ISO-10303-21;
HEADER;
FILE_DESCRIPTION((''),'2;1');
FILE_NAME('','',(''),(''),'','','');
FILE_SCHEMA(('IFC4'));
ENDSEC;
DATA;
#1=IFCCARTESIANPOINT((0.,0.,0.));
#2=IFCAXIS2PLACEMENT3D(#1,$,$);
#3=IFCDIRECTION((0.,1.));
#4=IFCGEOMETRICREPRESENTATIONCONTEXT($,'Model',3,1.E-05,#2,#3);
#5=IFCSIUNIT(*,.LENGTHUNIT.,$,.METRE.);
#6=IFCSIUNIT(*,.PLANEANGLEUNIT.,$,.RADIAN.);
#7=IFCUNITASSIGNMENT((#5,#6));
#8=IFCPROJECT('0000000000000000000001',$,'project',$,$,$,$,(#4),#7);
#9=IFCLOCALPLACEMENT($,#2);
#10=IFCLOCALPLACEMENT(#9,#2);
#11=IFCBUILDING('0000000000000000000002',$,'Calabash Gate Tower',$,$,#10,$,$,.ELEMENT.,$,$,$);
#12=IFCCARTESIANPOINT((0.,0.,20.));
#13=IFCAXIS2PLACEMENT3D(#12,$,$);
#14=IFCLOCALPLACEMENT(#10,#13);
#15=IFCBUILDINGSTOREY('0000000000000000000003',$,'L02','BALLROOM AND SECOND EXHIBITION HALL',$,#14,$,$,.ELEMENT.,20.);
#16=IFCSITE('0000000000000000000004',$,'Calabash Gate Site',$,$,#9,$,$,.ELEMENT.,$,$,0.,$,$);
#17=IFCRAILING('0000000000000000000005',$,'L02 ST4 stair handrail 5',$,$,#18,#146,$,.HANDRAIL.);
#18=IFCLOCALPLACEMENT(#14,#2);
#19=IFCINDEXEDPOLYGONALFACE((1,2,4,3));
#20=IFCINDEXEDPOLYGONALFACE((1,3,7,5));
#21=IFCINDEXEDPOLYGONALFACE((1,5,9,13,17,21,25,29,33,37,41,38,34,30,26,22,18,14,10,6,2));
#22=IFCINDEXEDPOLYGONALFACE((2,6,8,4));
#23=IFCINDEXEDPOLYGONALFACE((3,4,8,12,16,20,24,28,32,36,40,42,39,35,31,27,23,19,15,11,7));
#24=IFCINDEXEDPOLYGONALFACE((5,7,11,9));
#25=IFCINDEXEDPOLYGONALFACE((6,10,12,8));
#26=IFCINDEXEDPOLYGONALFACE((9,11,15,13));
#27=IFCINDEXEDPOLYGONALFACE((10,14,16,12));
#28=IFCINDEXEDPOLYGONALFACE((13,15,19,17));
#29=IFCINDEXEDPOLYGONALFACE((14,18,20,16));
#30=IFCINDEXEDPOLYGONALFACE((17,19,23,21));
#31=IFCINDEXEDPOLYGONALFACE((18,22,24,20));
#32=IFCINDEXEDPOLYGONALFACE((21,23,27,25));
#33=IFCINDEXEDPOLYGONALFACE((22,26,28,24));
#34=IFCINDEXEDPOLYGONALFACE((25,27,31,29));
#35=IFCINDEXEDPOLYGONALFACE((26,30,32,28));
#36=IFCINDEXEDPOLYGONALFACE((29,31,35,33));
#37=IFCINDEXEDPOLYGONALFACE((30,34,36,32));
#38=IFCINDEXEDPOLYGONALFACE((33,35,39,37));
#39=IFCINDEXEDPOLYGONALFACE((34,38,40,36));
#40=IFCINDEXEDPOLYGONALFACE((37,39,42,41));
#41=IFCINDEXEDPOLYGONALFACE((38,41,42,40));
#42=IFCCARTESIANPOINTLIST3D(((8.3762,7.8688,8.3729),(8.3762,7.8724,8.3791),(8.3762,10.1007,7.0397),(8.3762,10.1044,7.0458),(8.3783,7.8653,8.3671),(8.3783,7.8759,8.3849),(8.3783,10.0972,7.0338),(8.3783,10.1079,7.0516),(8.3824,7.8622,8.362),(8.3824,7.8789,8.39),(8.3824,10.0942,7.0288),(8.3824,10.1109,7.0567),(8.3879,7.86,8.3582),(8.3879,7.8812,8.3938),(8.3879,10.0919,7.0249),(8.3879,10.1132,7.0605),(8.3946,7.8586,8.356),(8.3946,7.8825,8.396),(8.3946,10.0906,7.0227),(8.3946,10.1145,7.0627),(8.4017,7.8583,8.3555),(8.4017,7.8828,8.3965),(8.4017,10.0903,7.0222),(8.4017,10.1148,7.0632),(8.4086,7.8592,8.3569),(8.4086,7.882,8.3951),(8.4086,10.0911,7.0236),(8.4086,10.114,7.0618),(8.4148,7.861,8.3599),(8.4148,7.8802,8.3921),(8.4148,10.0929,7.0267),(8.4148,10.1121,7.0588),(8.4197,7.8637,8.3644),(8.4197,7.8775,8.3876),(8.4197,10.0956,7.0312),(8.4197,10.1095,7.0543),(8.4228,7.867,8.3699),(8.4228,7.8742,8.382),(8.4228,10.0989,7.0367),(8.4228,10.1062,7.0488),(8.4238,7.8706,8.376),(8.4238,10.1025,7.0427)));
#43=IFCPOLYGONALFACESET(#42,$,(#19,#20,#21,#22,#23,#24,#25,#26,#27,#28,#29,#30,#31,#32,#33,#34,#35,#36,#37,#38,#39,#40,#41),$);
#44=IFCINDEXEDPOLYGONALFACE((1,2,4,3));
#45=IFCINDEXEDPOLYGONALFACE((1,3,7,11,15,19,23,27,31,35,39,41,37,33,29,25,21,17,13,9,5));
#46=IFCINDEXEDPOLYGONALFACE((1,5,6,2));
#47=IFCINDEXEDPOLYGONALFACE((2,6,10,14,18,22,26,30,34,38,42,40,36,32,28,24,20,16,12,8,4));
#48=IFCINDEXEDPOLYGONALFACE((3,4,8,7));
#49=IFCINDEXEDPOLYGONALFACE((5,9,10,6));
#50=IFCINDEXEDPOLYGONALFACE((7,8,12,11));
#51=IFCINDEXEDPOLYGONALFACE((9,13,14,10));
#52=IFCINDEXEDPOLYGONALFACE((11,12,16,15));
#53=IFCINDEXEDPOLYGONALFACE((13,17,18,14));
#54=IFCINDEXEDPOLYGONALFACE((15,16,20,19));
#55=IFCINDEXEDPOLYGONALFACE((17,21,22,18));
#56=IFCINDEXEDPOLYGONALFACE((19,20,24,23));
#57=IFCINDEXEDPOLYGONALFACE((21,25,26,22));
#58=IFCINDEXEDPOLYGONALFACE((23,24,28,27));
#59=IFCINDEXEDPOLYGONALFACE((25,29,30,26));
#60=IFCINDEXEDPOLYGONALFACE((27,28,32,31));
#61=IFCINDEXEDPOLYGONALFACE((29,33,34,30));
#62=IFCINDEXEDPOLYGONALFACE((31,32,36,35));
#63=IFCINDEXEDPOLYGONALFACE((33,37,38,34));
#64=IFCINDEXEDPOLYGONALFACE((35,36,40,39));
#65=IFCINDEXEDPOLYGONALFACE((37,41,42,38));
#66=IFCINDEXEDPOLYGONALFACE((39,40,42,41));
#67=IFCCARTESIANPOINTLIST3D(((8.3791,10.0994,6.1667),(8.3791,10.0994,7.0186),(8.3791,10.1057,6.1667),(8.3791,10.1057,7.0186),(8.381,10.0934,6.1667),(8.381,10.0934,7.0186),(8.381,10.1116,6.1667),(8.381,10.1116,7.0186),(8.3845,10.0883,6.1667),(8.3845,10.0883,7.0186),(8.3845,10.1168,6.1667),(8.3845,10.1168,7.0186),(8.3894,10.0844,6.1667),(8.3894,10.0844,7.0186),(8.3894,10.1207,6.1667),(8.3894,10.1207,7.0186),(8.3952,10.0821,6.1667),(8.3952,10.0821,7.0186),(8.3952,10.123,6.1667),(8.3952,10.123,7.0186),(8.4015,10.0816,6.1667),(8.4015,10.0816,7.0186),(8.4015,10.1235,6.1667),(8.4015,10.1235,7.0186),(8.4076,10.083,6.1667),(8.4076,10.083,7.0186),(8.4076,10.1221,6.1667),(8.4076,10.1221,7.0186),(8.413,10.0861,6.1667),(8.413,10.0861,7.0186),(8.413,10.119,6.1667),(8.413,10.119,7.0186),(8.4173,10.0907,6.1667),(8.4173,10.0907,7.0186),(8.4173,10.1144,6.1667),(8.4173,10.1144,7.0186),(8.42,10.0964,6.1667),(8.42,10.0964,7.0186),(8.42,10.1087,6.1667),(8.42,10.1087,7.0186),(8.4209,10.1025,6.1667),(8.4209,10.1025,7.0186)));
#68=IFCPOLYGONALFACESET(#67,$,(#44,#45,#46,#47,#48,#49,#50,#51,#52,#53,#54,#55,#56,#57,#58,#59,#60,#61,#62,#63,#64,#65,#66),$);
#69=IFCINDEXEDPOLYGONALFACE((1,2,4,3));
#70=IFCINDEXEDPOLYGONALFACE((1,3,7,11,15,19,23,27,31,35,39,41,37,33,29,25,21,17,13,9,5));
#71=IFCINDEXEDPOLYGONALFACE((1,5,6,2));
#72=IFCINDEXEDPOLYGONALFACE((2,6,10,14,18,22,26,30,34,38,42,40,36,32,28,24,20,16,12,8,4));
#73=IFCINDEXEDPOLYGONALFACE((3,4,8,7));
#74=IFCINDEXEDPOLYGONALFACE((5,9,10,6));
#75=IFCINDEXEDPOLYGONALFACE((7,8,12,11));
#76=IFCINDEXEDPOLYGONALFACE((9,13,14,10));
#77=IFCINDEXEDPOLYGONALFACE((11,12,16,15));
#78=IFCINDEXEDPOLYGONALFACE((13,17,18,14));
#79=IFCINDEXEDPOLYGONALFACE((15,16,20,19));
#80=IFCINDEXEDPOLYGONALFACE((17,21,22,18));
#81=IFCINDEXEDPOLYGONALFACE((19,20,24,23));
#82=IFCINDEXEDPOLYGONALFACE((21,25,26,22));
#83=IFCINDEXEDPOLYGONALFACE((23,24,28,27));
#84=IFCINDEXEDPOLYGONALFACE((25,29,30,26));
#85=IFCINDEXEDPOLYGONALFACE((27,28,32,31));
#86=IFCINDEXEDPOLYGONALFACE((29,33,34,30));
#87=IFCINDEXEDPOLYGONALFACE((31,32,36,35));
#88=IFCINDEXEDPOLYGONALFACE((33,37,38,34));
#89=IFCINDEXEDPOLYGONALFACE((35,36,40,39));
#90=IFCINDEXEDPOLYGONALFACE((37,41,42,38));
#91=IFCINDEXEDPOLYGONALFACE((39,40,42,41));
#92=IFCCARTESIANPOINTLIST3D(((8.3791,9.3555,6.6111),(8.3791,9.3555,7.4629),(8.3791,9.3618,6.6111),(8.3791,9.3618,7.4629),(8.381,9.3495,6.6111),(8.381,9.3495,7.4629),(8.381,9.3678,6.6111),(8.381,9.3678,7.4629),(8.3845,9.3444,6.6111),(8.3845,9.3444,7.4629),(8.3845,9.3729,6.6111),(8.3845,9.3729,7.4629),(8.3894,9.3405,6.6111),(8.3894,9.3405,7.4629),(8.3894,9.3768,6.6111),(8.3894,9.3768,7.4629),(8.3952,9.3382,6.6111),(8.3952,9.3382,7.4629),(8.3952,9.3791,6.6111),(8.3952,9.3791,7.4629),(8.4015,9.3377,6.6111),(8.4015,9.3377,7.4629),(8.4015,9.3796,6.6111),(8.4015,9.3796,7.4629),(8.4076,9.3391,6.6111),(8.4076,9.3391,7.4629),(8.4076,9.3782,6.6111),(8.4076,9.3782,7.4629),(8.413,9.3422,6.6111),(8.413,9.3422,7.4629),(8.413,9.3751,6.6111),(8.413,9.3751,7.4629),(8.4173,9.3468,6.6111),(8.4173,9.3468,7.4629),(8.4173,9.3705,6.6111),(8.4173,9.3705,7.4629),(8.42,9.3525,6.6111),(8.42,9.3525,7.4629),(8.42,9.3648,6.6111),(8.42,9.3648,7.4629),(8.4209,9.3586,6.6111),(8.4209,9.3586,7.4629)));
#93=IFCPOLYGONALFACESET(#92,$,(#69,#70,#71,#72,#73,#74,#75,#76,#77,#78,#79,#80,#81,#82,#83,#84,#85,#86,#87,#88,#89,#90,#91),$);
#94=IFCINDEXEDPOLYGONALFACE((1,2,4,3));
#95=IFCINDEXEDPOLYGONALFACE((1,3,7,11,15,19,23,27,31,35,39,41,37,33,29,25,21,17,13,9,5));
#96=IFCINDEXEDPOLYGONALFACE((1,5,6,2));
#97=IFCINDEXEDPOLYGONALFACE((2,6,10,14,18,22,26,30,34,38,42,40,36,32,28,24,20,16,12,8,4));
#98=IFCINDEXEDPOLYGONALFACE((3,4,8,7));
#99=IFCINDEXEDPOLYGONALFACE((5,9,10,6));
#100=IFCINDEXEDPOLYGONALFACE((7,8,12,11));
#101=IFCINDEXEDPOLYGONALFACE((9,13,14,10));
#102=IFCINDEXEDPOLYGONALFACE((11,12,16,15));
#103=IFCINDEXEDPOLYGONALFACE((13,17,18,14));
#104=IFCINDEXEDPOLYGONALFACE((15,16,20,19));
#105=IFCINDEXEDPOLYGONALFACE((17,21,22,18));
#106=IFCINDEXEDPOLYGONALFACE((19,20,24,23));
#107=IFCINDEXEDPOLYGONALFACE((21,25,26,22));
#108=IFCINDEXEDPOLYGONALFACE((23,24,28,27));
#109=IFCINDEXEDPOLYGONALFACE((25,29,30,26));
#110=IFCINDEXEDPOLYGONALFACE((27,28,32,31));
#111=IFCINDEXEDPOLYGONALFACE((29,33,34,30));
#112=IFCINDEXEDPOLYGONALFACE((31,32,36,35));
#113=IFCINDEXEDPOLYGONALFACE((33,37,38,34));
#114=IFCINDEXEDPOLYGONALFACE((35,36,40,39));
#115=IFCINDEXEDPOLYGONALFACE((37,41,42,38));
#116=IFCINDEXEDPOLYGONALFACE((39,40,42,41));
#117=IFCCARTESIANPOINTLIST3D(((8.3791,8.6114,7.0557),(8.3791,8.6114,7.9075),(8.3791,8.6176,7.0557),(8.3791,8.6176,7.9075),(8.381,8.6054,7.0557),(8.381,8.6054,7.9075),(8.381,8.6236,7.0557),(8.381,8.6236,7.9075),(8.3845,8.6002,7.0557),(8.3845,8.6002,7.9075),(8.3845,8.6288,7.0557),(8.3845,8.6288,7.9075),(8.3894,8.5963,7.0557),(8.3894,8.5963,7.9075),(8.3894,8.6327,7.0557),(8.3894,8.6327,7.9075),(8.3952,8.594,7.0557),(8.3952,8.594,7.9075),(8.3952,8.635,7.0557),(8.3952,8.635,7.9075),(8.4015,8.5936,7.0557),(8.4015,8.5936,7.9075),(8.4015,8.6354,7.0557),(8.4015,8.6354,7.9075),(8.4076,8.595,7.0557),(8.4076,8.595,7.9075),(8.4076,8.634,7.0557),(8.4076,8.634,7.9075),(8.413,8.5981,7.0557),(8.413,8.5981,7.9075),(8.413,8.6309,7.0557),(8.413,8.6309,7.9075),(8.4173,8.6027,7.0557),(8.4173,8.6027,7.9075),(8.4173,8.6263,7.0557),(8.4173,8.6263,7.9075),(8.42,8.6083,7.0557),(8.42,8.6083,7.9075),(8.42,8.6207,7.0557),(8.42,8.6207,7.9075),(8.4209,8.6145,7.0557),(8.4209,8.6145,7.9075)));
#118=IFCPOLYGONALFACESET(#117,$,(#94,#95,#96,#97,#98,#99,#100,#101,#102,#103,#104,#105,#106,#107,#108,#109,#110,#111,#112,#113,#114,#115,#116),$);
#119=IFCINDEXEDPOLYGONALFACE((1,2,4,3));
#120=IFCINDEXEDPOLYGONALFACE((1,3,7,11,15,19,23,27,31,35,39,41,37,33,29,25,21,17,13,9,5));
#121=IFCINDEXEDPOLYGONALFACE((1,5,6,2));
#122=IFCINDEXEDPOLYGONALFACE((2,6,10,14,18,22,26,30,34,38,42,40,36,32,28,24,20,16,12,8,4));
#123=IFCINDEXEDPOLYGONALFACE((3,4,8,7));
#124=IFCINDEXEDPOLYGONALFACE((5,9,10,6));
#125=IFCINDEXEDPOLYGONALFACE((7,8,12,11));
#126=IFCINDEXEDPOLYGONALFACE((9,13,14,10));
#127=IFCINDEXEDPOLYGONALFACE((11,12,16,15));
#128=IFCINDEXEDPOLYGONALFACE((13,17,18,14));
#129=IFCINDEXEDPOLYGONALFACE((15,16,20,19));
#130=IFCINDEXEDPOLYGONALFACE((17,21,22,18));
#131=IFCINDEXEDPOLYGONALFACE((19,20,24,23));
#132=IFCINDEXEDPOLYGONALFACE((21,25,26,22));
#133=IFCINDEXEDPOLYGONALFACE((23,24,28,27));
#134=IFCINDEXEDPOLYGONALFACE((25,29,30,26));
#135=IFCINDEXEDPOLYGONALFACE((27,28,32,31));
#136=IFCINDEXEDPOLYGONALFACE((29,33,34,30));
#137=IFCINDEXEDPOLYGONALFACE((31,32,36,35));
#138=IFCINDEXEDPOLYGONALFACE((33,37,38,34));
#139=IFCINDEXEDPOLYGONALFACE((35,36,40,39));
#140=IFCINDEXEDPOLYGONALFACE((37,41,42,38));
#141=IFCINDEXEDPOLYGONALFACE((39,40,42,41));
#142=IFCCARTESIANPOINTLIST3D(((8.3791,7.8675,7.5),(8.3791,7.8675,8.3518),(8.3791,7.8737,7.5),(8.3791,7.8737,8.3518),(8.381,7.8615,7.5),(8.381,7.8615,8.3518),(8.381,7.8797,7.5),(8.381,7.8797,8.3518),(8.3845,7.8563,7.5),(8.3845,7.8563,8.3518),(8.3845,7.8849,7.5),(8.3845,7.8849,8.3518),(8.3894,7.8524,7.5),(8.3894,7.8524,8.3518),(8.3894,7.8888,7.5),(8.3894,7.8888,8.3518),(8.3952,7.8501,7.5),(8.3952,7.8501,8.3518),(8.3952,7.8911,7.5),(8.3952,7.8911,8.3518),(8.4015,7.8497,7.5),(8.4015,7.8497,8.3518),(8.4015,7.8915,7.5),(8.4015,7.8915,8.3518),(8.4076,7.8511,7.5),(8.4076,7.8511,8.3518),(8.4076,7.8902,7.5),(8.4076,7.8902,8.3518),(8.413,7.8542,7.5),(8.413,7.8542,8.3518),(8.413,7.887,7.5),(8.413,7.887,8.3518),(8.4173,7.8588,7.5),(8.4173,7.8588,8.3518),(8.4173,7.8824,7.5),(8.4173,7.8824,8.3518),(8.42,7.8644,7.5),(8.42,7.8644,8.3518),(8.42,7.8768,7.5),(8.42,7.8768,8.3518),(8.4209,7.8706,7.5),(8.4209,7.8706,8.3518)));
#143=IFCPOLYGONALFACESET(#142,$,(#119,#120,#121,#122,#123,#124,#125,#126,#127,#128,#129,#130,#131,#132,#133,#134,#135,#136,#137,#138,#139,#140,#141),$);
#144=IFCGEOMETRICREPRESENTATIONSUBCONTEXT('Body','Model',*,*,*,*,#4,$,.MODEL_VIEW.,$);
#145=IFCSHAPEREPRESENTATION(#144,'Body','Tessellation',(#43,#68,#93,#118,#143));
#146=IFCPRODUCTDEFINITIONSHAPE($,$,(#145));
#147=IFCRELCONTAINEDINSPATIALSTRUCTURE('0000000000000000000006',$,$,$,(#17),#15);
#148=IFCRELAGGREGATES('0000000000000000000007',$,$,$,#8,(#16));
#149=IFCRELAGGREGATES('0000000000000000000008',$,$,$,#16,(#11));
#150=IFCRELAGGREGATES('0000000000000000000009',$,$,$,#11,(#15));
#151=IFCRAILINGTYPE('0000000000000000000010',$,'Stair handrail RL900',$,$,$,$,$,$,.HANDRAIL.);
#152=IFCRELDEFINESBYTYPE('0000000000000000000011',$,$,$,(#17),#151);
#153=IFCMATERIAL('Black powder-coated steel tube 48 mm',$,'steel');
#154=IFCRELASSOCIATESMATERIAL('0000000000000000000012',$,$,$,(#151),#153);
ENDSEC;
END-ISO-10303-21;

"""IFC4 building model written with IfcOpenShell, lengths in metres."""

from ifc_helpers import new_model, si_unit, direction, frame, origin, origin_2d, place, context, subcontext, project, spatial, circle, extrude, material, type_object, element, save


model = new_model("IFC4")

# Units and contexts
model_context = context("Model", 3, precision=1e-05, world=origin(), true_north=direction((0.0, 1.0)))
body_context = subcontext(model_context, "Body", "Model", "MODEL_VIEW")
ifc_project = project(units=[si_unit("LENGTHUNIT", "METRE"), si_unit("PLANEANGLEUNIT", "RADIAN")], contexts=[model_context])

# Site, building, storey
site_placement = place(None, origin())
site = spatial("IfcSite", under=ifc_project, at=site_placement, Name="Calabash Gate Site", CompositionType="ELEMENT", RefElevation=0.0)
building_placement = place(site_placement, origin())
building = spatial("IfcBuilding", under=site, at=building_placement, Name="Calabash Gate Tower", CompositionType="ELEMENT")
storey_placement = place(building_placement, frame((0.0, 0.0, 20.0)))
storey = spatial("IfcBuildingStorey", under=building, at=storey_placement, Name="L02", Description="BALLROOM AND SECOND EXHIBITION HALL", CompositionType="ELEMENT", Elevation=20.0)

# Railing
ifc_material_1 = material(Name="Black powder-coated steel tube 48 mm", Category="steel")
railing_type_1 = type_object("IfcRailingType", Name="Stair handrail RL900", PredefinedType="HANDRAIL", material=ifc_material_1)
railing_1_placement = place(storey_placement, frame((8.3999, 10.1025, 6.1667)))
element("IfcRailing", 1, at=railing_1_placement, inside=storey, type_object=railing_type_1, Name="L02 ST4 stair handrail 5", PredefinedType="HANDRAIL", context=body_context, shape_type="SweptSolid", body=[
    extrude(circle(Radius=0.0239, at=origin_2d()), frame((0.0, 0.0, 0.876), z_axis=(0.0, -0.858494, 0.512824), x_axis=(1.0, 0.0, 0.0)), (0.0, 0.0, 1.0), 2.5999),
    extrude(circle(Radius=0.021, at=origin_2d()), origin(), (0.0, 0.0, 1.0), 0.8518),
    extrude(circle(Radius=0.021, at=origin_2d()), frame((0.0, -0.7439, 0.4443)), (0.0, 0.0, 1.0), 0.8518),
    extrude(circle(Radius=0.021, at=origin_2d()), frame((0.0, -1.488, 0.8889)), (0.0, 0.0, 1.0), 0.8518),
    extrude(circle(Radius=0.021, at=origin_2d()), frame((0.0, -2.2319, 1.3333)), (0.0, 0.0, 1.0), 0.8518),
])

save(model, "model.ifc")
